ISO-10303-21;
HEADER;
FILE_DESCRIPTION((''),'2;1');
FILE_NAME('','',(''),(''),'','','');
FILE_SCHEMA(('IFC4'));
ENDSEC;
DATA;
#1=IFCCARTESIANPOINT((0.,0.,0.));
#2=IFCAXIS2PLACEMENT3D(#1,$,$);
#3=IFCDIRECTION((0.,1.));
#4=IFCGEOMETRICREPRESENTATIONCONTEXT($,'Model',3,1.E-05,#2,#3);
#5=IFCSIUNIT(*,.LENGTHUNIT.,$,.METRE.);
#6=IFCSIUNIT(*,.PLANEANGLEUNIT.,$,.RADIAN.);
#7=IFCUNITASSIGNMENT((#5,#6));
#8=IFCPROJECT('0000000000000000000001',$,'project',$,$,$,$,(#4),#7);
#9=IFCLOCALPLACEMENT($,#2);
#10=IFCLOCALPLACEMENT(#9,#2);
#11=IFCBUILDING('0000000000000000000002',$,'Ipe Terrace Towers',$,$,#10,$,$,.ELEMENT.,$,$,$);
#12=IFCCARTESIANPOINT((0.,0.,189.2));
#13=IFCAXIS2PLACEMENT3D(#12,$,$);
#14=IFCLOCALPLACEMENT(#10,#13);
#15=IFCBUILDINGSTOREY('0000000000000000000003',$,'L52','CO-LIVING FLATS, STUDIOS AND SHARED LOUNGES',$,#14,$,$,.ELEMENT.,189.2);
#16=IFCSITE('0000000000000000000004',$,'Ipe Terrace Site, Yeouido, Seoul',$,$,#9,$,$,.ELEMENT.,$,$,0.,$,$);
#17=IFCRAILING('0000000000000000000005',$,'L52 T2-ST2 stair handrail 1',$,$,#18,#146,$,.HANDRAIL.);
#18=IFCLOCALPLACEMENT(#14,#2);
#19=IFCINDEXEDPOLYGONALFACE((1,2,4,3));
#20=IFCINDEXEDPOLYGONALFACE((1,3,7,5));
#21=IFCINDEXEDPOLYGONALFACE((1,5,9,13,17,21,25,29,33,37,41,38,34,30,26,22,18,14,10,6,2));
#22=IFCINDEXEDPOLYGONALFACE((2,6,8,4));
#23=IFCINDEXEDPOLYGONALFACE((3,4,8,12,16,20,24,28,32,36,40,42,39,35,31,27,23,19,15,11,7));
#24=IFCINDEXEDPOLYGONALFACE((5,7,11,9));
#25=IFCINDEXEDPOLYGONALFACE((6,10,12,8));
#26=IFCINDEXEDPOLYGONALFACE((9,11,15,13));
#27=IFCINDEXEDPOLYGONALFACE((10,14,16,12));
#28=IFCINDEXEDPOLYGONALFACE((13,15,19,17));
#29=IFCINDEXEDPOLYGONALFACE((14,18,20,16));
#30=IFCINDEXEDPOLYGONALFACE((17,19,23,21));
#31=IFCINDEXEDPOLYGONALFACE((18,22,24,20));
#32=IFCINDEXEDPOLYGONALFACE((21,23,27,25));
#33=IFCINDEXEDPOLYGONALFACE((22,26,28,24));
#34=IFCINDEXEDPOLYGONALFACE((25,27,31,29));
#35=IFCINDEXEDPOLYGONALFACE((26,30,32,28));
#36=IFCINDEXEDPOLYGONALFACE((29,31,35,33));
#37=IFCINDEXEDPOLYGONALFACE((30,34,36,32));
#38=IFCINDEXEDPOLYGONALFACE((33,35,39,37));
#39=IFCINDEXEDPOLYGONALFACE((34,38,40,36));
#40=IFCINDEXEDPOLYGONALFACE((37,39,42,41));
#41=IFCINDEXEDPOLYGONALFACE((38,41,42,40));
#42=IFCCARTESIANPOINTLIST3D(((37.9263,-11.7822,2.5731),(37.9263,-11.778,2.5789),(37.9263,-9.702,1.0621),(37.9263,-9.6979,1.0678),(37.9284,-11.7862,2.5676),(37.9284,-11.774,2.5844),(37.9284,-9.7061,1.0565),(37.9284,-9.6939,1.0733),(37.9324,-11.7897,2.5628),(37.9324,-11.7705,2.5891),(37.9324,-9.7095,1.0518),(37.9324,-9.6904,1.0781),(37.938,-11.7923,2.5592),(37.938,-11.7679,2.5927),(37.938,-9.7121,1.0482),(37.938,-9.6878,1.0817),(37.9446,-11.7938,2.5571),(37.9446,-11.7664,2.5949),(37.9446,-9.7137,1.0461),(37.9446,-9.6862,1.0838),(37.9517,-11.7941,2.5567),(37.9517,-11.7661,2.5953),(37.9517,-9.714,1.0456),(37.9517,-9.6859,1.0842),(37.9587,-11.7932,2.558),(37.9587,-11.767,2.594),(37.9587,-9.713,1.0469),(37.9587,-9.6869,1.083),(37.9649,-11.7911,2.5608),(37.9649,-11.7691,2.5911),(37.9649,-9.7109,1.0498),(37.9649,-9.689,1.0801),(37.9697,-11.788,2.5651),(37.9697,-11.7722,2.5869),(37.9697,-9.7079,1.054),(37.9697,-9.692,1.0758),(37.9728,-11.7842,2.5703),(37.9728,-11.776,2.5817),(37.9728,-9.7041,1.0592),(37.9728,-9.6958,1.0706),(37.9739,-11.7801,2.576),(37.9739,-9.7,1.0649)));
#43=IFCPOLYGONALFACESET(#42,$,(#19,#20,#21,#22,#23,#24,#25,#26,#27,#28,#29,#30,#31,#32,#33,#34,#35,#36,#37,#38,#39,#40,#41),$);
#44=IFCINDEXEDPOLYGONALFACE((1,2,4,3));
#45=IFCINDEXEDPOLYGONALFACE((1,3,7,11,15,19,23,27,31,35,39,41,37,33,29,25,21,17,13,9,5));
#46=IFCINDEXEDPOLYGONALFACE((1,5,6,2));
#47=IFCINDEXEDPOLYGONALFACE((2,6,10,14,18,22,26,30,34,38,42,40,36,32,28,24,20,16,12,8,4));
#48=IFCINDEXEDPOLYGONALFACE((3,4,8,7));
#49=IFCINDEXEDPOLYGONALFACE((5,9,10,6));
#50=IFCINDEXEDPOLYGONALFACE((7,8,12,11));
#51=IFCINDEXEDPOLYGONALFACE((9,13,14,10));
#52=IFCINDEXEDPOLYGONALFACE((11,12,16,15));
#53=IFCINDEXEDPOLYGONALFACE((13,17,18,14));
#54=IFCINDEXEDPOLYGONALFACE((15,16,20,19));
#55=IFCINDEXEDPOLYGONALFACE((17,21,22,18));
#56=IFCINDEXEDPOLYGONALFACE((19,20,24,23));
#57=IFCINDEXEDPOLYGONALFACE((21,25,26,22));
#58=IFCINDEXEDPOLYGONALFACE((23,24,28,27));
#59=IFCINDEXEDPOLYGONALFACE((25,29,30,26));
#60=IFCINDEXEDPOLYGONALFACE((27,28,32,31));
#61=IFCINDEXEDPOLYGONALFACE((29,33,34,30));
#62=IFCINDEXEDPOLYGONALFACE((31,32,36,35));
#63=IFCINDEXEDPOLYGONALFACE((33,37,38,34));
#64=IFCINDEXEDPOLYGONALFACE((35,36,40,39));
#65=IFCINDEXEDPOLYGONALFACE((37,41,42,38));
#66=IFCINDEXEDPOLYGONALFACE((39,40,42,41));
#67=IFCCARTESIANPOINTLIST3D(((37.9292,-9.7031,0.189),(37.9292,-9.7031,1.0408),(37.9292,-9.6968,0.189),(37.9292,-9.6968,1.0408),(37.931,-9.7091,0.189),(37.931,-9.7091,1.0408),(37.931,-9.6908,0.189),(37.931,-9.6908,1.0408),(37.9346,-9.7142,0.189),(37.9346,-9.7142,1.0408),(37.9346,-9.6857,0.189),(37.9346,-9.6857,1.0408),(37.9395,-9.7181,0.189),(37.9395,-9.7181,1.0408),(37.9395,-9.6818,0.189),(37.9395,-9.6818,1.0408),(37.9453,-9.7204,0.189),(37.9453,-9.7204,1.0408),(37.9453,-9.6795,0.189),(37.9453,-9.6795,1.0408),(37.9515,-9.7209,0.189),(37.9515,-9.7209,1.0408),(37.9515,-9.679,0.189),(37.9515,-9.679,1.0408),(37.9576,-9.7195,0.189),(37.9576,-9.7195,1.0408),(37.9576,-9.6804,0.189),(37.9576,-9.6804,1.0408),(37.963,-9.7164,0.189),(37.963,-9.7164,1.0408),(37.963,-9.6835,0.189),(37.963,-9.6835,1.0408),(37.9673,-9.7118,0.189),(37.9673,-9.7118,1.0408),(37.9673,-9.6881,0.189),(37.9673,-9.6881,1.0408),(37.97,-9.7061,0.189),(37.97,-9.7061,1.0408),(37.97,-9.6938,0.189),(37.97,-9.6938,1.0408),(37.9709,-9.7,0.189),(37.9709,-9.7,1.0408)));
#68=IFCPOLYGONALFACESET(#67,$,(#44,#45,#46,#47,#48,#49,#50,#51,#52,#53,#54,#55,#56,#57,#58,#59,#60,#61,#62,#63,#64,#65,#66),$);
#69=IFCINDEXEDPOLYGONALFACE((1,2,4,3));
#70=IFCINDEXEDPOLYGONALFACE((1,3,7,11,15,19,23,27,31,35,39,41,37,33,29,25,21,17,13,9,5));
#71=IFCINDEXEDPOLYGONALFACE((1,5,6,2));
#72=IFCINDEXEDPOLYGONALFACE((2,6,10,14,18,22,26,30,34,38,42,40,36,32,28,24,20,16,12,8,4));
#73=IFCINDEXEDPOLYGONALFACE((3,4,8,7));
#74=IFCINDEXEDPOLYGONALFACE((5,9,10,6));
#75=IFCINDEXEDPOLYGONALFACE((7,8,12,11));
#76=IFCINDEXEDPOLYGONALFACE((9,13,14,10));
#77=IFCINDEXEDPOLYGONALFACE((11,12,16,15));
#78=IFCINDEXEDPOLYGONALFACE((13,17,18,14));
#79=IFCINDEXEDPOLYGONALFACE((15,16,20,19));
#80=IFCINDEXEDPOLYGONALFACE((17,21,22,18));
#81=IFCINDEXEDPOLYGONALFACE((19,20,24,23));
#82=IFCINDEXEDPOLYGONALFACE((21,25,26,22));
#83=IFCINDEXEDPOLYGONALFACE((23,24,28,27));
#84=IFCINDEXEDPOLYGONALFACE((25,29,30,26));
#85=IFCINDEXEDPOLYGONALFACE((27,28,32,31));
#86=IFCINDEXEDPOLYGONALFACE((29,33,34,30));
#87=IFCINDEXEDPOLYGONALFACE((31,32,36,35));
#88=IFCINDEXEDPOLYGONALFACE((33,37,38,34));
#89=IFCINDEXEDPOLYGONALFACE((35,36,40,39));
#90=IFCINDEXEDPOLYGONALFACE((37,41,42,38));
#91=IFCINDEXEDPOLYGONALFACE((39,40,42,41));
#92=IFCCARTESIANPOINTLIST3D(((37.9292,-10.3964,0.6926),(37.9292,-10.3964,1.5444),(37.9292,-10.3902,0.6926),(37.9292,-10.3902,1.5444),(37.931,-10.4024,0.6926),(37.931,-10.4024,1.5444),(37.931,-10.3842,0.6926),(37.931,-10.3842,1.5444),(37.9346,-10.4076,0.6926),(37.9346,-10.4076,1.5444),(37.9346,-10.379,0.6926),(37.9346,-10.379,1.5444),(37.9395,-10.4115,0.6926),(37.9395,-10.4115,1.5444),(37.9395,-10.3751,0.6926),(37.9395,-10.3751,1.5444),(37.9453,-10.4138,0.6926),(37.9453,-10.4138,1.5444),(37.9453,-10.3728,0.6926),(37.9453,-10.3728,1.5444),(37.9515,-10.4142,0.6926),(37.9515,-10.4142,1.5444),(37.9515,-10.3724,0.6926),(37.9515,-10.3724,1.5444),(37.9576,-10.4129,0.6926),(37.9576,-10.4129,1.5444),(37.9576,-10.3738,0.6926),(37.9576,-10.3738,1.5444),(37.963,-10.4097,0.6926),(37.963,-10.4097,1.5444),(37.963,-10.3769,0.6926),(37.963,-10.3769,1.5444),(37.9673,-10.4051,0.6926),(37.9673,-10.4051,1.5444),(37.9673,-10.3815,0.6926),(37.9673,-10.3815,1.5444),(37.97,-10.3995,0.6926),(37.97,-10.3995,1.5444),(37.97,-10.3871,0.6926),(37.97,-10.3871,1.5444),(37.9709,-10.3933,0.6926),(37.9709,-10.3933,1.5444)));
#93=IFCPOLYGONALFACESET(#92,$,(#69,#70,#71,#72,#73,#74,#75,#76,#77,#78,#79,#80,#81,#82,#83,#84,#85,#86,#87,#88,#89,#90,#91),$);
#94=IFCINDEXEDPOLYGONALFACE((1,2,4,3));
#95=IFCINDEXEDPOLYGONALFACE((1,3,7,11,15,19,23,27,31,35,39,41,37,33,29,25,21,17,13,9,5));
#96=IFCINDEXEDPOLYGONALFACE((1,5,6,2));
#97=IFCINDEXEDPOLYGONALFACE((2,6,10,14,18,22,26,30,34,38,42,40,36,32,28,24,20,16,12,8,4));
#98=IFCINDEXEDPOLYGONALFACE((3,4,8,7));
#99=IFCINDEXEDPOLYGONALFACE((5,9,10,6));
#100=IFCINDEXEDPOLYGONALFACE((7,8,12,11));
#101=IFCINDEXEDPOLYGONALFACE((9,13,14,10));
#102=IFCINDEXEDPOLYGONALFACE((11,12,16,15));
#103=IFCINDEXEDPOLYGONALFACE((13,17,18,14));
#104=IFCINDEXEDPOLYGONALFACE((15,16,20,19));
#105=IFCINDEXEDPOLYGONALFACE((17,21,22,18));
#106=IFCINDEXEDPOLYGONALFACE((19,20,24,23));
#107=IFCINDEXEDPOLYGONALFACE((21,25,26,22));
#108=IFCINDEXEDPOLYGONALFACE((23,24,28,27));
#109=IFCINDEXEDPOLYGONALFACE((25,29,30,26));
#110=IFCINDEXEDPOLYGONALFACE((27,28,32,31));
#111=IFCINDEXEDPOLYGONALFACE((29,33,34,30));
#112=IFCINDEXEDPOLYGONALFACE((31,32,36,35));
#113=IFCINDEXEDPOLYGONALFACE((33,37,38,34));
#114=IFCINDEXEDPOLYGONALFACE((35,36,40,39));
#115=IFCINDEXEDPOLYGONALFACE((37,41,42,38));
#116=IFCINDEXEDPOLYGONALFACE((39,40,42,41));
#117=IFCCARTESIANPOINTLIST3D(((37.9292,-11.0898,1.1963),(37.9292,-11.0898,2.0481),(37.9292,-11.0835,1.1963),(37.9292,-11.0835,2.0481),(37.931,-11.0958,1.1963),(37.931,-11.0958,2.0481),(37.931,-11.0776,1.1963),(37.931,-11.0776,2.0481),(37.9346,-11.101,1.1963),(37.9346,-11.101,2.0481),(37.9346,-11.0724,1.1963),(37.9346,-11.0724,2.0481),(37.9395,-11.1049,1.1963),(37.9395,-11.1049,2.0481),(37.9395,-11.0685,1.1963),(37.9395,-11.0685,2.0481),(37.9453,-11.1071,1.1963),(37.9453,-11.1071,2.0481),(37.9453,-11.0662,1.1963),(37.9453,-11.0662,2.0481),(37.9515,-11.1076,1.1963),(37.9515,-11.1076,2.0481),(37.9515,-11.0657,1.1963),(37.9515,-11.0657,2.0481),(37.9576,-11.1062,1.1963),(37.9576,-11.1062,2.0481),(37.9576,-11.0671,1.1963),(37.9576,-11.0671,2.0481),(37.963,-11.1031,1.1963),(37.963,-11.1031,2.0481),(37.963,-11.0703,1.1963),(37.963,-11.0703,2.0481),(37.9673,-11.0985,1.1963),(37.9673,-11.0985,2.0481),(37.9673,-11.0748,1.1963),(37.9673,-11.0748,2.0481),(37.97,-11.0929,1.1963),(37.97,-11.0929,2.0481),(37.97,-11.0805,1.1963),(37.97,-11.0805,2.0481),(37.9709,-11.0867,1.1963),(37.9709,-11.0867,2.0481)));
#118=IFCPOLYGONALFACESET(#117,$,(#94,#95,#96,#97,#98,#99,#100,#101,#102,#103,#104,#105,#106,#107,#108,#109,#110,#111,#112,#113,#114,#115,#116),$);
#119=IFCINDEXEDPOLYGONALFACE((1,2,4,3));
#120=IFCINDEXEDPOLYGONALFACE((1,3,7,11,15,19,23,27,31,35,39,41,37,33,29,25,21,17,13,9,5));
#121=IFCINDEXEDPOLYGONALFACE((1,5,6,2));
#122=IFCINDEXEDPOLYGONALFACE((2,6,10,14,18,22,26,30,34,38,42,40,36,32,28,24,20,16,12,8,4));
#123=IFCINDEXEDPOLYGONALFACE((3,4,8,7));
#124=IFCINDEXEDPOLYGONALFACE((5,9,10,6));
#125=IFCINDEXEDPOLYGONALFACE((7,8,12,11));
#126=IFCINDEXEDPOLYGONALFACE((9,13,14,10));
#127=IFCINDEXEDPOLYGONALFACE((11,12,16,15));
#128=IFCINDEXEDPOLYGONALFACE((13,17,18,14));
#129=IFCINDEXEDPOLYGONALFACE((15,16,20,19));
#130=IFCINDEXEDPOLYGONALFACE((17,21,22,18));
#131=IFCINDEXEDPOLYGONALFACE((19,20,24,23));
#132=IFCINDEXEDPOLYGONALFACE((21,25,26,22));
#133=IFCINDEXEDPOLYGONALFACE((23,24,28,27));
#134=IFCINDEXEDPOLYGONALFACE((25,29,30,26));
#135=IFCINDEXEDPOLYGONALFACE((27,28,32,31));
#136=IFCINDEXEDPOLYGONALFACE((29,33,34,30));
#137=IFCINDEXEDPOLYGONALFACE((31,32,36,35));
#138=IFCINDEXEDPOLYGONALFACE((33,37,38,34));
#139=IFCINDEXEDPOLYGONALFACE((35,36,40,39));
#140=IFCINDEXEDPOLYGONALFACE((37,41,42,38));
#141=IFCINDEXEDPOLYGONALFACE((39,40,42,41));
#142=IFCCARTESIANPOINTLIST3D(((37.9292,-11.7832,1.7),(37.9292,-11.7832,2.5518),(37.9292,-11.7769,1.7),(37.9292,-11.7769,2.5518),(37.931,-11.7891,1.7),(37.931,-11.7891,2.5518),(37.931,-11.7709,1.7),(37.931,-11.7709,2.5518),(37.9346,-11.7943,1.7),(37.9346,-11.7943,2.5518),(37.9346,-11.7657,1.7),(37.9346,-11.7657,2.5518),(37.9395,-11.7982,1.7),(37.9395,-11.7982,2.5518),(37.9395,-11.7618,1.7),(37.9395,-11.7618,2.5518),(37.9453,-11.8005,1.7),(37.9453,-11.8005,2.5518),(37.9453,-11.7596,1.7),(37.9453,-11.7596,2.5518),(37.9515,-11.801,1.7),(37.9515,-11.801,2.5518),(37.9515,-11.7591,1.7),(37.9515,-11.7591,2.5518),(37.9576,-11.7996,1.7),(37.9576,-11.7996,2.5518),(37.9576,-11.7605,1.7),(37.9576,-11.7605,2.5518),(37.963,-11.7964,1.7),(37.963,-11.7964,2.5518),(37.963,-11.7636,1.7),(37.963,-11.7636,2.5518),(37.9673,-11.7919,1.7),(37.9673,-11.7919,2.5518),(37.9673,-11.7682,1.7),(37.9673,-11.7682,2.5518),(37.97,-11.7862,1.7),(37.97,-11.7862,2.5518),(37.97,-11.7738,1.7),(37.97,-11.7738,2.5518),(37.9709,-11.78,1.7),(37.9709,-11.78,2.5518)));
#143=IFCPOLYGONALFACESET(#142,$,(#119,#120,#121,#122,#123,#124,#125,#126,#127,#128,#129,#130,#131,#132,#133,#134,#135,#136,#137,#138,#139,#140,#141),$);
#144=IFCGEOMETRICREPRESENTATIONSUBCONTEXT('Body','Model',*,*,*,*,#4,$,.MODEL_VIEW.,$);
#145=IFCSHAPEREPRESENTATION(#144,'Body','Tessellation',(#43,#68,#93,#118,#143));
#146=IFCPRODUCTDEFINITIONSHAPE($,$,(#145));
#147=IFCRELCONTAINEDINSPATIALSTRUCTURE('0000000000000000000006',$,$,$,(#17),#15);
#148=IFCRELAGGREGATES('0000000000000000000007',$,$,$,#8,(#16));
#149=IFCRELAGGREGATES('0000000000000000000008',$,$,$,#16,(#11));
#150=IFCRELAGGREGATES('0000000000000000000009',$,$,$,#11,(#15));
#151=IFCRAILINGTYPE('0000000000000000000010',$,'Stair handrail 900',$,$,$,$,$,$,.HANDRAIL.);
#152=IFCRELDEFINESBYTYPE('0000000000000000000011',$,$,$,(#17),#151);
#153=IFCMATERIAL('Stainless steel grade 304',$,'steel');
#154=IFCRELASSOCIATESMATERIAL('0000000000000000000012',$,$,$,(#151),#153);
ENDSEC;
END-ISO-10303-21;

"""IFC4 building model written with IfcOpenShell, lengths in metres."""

from ifc_helpers import new_model, si_unit, direction, frame, origin, origin_2d, place, context, subcontext, project, spatial, circle, extrude, material, type_object, element, save


model = new_model("IFC4")

# Units and contexts
model_context = context("Model", 3, precision=1e-05, world=origin(), true_north=direction((0.0, 1.0)))
body_context = subcontext(model_context, "Body", "Model", "MODEL_VIEW")
ifc_project = project(units=[si_unit("LENGTHUNIT", "METRE"), si_unit("PLANEANGLEUNIT", "RADIAN")], contexts=[model_context])

# Site, building, storey
site_placement = place(None, origin())
site = spatial("IfcSite", under=ifc_project, at=site_placement, Name="Ipe Terrace Site, Yeouido, Seoul", CompositionType="ELEMENT", RefElevation=0.0)
building_placement = place(site_placement, origin())
building = spatial("IfcBuilding", under=site, at=building_placement, Name="Ipe Terrace Towers", CompositionType="ELEMENT")
storey_placement = place(building_placement, frame((0.0, 0.0, 189.2)))
storey = spatial("IfcBuildingStorey", under=building, at=storey_placement, Name="L52", Description="CO-LIVING FLATS, STUDIOS AND SHARED LOUNGES", CompositionType="ELEMENT", Elevation=189.2)

# Railing
ifc_material_1 = material(Name="Stainless steel grade 304", Category="steel")
railing_type_1 = type_object("IfcRailingType", Name="Stair handrail 900", PredefinedType="HANDRAIL", material=ifc_material_1)
railing_1_placement = place(storey_placement, frame((37.95, -9.7, 0.189)))
element("IfcRailing", 1, at=railing_1_placement, inside=storey, type_object=railing_type_1, Name="L52 T2-ST2 stair handrail 1", PredefinedType="HANDRAIL", context=body_context, shape_type="SweptSolid", body=[
    extrude(circle(Radius=0.0239, at=origin_2d()), frame((0.0, 0.0, 0.876), z_axis=(0.0, -0.809069, 0.587714), x_axis=(1.0, 0.0, 0.0)), (0.0, 0.0, 1.0), 2.571),
    extrude(circle(Radius=0.021, at=origin_2d()), origin(), (0.0, 0.0, 1.0), 0.8518),
    extrude(circle(Radius=0.021, at=origin_2d()), frame((0.0, -0.6934, 0.5037)), (0.0, 0.0, 1.0), 0.8518),
    extrude(circle(Radius=0.021, at=origin_2d()), frame((0.0, -1.3867, 1.0073)), (0.0, 0.0, 1.0), 0.8518),
    extrude(circle(Radius=0.021, at=origin_2d()), frame((0.0, -2.0801, 1.511)), (0.0, 0.0, 1.0), 0.8518),
])

save(model, "model.ifc")
